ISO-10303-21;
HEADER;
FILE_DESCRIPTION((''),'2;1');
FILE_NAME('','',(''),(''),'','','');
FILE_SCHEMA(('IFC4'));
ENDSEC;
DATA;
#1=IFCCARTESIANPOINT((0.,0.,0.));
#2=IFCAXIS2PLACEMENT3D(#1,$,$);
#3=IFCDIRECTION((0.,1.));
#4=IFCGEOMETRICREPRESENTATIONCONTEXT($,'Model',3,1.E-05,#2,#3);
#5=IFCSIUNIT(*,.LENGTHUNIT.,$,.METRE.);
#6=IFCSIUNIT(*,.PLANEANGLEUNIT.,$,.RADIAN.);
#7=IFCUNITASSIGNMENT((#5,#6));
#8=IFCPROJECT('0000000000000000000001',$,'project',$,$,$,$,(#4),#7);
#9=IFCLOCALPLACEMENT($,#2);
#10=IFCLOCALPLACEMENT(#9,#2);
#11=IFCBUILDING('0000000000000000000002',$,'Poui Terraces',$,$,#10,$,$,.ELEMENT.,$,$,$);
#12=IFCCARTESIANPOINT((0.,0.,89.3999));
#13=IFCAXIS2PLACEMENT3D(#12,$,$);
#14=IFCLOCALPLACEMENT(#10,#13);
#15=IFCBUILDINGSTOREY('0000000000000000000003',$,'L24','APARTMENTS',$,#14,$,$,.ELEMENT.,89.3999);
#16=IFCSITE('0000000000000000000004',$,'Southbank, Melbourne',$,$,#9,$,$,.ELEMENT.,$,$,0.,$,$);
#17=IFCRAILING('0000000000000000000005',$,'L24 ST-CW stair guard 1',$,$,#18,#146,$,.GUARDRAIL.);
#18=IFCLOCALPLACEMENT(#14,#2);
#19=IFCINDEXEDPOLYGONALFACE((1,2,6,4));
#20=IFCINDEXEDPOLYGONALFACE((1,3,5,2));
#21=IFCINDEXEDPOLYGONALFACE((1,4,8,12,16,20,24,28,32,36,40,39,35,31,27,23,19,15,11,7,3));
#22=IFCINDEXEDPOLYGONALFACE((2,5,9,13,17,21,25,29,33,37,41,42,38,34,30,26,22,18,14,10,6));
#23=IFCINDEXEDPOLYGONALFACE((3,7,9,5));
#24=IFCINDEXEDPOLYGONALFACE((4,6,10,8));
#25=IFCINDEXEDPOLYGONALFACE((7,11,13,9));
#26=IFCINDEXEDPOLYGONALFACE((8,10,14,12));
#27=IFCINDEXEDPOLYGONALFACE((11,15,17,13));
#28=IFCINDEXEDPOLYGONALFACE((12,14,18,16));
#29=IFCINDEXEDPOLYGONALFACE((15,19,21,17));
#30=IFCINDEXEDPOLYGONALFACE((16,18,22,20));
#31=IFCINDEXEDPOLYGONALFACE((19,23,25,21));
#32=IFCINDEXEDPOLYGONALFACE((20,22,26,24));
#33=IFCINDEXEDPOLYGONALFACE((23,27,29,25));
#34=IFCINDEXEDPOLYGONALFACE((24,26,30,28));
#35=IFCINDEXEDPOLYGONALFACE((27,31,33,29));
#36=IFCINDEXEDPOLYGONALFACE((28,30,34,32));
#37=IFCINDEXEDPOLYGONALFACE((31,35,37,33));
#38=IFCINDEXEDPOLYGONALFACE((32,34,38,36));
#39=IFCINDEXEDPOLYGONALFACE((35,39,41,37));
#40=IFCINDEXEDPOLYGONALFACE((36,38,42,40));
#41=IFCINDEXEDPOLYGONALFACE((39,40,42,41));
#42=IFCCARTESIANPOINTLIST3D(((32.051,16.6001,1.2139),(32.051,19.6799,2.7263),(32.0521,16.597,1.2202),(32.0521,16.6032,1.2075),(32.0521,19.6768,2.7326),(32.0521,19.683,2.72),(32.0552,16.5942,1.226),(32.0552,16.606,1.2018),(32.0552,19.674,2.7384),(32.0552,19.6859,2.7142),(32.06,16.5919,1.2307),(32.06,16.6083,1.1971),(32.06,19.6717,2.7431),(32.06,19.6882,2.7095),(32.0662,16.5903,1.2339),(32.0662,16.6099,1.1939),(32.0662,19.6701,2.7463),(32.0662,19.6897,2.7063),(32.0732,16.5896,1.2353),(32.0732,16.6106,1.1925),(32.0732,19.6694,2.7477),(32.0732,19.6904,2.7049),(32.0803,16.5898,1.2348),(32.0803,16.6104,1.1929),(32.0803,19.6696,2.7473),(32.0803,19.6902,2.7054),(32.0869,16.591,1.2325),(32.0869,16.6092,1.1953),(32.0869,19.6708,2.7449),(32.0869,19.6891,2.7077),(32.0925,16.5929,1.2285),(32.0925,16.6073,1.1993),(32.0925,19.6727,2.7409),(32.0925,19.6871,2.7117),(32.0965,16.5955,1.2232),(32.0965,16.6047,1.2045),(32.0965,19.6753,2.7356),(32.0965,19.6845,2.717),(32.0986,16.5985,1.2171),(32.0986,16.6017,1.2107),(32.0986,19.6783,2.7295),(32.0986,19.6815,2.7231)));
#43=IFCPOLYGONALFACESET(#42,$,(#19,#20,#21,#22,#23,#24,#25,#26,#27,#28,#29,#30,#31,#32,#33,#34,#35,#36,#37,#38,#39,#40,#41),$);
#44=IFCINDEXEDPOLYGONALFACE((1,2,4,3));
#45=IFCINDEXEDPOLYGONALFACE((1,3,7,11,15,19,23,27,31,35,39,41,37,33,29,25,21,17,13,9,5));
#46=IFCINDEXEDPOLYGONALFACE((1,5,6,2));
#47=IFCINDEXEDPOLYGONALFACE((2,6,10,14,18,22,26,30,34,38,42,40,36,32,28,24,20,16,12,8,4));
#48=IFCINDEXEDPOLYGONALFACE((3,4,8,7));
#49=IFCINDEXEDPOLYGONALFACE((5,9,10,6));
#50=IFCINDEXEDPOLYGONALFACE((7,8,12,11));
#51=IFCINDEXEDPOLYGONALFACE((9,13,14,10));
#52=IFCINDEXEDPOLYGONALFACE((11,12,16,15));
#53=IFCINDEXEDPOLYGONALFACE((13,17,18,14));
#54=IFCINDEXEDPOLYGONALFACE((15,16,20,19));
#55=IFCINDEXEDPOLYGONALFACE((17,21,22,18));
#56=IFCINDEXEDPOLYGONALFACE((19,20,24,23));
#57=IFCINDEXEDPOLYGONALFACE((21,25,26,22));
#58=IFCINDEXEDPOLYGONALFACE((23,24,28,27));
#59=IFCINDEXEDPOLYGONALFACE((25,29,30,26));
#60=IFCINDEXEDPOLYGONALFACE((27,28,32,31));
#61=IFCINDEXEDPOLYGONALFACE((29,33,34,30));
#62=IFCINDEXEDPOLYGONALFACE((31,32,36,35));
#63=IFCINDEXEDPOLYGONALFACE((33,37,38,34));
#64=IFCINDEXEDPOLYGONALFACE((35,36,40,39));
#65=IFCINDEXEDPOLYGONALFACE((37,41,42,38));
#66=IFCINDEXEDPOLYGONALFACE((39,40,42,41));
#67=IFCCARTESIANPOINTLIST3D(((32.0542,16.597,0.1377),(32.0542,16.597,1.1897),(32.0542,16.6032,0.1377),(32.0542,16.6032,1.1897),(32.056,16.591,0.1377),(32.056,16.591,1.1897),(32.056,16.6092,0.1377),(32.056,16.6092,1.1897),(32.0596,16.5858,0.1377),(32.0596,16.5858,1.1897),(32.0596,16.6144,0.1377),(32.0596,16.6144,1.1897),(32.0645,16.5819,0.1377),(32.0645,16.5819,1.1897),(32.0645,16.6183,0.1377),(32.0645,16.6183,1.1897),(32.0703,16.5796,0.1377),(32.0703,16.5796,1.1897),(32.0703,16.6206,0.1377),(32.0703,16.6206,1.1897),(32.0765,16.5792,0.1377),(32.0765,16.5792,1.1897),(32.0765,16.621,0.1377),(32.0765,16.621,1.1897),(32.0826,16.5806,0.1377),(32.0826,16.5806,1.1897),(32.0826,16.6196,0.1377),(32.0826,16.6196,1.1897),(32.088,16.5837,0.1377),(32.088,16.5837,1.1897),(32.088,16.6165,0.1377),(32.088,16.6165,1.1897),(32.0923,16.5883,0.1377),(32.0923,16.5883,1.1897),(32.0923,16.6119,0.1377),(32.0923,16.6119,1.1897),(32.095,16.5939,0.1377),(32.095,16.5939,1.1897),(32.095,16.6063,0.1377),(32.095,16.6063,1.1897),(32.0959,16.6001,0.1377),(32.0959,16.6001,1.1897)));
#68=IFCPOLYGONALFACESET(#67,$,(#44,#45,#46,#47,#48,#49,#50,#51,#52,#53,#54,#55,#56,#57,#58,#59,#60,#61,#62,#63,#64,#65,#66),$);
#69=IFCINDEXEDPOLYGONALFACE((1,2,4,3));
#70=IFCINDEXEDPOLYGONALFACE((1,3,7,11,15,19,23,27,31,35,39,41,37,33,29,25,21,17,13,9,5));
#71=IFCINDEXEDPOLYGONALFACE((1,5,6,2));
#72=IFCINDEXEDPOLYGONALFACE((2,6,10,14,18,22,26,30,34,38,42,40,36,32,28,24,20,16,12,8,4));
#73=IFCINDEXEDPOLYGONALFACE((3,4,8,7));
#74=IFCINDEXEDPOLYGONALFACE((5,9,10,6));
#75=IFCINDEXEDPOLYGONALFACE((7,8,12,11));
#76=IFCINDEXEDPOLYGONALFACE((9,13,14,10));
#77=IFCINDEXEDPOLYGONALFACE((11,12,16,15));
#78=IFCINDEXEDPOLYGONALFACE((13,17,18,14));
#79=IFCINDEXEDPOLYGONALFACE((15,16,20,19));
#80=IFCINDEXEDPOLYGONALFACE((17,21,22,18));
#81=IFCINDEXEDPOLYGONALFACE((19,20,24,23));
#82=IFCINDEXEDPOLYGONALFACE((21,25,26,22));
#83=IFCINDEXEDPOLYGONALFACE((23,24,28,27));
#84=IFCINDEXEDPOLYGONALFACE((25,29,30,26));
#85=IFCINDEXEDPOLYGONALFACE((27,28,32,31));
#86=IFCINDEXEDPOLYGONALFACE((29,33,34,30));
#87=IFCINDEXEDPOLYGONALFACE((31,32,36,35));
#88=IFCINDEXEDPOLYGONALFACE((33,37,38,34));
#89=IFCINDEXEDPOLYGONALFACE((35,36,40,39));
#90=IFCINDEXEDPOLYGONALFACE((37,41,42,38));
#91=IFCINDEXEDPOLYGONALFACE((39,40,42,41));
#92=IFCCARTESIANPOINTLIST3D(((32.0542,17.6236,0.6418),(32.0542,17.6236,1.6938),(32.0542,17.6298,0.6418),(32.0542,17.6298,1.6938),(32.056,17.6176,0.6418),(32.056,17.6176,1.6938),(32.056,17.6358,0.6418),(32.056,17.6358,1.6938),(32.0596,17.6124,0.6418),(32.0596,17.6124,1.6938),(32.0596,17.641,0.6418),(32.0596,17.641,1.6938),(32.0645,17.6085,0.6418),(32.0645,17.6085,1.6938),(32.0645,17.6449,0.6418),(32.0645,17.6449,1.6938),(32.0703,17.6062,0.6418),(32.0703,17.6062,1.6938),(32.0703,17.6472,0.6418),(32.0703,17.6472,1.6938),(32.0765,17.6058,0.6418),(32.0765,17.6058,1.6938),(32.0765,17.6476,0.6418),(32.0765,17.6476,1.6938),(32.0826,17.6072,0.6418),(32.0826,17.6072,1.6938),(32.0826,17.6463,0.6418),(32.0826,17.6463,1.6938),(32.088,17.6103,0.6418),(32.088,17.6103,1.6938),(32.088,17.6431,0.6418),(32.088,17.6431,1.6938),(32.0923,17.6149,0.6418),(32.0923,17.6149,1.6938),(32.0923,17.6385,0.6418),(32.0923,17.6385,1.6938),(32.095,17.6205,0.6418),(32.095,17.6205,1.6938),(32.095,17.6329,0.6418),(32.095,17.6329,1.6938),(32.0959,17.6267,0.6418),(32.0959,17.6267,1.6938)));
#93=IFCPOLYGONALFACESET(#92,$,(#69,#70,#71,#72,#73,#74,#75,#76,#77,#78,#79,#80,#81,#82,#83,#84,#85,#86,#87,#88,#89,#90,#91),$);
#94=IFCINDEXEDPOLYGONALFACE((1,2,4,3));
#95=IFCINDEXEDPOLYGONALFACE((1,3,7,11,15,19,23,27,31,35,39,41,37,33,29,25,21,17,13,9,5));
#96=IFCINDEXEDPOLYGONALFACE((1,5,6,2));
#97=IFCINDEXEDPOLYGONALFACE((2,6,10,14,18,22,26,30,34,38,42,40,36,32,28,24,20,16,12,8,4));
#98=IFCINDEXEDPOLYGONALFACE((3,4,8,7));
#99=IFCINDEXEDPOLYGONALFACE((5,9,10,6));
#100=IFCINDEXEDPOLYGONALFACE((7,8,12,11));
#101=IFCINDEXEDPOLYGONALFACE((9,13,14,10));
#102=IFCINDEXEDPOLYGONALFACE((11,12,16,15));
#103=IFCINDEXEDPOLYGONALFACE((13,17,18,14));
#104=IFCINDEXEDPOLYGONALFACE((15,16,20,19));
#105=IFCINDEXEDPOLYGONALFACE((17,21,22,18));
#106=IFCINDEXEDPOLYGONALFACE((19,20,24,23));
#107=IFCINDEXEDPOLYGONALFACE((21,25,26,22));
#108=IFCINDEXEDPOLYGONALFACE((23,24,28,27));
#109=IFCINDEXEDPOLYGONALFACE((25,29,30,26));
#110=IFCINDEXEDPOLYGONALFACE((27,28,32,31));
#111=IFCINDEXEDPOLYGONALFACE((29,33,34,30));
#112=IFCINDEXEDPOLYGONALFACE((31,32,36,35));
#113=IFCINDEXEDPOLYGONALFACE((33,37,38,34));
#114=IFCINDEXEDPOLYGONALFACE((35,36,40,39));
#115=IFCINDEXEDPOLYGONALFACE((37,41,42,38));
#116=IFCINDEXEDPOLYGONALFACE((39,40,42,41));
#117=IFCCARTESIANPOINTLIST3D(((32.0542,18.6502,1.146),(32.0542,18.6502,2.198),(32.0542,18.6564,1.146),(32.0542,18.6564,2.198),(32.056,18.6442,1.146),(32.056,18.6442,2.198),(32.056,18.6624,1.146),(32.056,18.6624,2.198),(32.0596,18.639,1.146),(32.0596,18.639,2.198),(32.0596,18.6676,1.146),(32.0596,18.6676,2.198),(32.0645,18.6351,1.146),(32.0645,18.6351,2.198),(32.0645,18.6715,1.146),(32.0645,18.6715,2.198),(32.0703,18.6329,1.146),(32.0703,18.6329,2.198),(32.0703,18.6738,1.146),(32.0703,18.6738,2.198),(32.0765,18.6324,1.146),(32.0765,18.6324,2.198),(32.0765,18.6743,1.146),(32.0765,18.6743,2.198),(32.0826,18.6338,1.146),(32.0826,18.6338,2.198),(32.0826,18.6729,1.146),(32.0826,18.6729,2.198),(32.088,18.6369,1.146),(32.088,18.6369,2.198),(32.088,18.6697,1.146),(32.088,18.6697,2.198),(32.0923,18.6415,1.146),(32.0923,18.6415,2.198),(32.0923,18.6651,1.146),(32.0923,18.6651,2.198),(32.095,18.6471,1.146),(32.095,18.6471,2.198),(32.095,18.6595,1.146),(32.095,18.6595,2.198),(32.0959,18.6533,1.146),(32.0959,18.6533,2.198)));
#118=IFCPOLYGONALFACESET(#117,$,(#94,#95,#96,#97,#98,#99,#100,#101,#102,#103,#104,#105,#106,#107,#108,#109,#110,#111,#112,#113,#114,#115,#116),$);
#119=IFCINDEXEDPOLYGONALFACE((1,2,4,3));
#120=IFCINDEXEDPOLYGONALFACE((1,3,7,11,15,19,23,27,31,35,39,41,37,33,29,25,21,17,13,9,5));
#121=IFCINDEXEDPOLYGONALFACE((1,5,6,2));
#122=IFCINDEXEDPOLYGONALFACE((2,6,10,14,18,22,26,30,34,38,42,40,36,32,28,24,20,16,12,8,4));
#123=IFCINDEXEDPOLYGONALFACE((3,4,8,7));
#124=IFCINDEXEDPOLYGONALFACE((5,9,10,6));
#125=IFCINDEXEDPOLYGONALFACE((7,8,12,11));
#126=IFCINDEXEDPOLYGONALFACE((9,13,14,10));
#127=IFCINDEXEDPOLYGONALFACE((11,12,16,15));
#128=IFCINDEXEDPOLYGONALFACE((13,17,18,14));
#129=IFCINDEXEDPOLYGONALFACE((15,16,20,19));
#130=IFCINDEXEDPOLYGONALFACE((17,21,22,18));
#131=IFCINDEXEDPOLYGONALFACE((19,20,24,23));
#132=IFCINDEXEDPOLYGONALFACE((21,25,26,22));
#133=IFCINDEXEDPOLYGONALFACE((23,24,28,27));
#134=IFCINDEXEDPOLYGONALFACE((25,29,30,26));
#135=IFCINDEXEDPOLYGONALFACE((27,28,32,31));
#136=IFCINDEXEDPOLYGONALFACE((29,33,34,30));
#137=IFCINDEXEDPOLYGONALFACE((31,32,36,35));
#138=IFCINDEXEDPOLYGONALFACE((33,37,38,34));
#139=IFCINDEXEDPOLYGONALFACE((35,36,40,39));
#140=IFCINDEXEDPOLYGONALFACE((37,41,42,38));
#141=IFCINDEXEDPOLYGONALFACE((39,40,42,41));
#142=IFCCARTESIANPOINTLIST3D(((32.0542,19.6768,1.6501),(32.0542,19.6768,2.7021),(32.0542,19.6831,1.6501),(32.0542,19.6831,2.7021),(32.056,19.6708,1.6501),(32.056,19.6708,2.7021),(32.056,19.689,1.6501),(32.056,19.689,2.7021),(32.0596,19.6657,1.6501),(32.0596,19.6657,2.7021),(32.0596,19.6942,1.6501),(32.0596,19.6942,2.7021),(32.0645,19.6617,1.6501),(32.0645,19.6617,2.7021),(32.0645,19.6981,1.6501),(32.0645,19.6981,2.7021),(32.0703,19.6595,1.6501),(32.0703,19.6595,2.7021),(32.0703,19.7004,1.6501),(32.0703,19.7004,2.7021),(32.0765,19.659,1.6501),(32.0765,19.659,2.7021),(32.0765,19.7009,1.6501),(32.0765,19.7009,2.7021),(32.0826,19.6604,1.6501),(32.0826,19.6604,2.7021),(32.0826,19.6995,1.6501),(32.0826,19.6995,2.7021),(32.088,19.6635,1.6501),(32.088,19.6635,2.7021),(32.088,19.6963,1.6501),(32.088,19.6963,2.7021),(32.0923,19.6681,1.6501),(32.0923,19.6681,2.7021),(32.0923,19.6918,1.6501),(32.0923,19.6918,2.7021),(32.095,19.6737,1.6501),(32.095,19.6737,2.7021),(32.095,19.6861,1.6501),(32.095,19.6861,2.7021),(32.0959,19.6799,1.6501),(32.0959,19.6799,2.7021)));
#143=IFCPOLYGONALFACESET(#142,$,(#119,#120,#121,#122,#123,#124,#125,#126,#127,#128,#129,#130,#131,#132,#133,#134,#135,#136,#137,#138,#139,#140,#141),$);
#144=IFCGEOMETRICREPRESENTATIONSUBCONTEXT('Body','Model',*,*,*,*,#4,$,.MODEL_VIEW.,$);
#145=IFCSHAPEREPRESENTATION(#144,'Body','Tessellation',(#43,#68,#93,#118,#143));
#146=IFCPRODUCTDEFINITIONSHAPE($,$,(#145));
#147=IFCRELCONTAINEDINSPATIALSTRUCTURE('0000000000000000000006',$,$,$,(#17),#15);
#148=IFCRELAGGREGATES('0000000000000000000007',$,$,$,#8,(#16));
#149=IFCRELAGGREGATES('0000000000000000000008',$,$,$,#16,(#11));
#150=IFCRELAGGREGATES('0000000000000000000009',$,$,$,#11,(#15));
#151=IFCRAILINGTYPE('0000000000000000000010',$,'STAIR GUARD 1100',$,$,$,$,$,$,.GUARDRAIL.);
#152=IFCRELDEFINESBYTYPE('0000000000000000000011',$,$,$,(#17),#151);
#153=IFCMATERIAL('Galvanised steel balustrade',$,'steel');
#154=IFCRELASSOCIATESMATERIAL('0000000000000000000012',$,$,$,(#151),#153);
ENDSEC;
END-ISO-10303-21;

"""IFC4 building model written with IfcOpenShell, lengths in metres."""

from ifc_helpers import new_model, si_unit, direction, frame, origin, origin_2d, place, context, subcontext, project, spatial, circle, extrude, material, type_object, element, save


model = new_model("IFC4")

# Units and contexts
model_context = context("Model", 3, precision=1e-05, world=origin(), true_north=direction((0.0, 1.0)))
body_context = subcontext(model_context, "Body", "Model", "MODEL_VIEW")
ifc_project = project(units=[si_unit("LENGTHUNIT", "METRE"), si_unit("PLANEANGLEUNIT", "RADIAN")], contexts=[model_context])

# Site, building, storey
site_placement = place(None, origin())
site = spatial("IfcSite", under=ifc_project, at=site_placement, Name="Southbank, Melbourne", CompositionType="ELEMENT", RefElevation=0.0)
building_placement = place(site_placement, origin())
building = spatial("IfcBuilding", under=site, at=building_placement, Name="Poui Terraces", CompositionType="ELEMENT")
storey_placement = place(building_placement, frame((0.0, 0.0, 89.3999)))
storey = spatial("IfcBuildingStorey", under=building, at=storey_placement, Name="L24", Description="APARTMENTS", CompositionType="ELEMENT", Elevation=89.3999)

# Railing
ifc_material_1 = material(Name="Galvanised steel balustrade", Category="steel")
railing_type_1 = type_object("IfcRailingType", Name="STAIR GUARD 1100", PredefinedType="GUARDRAIL", material=ifc_material_1)
railing_1_placement = place(storey_placement, frame((32.075, 16.6001, 0.1377)))
element("IfcRailing", 1, at=railing_1_placement, inside=storey, type_object=railing_type_1, Name="L24 ST-CW stair guard 1", PredefinedType="GUARDRAIL", context=body_context, shape_type="SweptSolid", body=[
    extrude(circle(Radius=0.0239, at=origin_2d()), frame((0.0, 0.0, 1.0762), z_axis=(0.0, 0.897606, 0.440798), x_axis=(-1.0, 0.0, 0.0)), (0.0, 0.0, 1.0), 3.4312),
    extrude(circle(Radius=0.021, at=origin_2d()), origin(), (0.0, 0.0, 1.0), 1.052),
    extrude(circle(Radius=0.021, at=origin_2d()), frame((0.0, 1.0266, 0.5042)), (0.0, 0.0, 1.0), 1.052),
    extrude(circle(Radius=0.021, at=origin_2d()), frame((0.0, 2.0532, 1.0083)), (0.0, 0.0, 1.0), 1.052),
    extrude(circle(Radius=0.021, at=origin_2d()), frame((0.0, 3.0798, 1.5125)), (0.0, 0.0, 1.0), 1.052),
])

save(model, "model.ifc")
